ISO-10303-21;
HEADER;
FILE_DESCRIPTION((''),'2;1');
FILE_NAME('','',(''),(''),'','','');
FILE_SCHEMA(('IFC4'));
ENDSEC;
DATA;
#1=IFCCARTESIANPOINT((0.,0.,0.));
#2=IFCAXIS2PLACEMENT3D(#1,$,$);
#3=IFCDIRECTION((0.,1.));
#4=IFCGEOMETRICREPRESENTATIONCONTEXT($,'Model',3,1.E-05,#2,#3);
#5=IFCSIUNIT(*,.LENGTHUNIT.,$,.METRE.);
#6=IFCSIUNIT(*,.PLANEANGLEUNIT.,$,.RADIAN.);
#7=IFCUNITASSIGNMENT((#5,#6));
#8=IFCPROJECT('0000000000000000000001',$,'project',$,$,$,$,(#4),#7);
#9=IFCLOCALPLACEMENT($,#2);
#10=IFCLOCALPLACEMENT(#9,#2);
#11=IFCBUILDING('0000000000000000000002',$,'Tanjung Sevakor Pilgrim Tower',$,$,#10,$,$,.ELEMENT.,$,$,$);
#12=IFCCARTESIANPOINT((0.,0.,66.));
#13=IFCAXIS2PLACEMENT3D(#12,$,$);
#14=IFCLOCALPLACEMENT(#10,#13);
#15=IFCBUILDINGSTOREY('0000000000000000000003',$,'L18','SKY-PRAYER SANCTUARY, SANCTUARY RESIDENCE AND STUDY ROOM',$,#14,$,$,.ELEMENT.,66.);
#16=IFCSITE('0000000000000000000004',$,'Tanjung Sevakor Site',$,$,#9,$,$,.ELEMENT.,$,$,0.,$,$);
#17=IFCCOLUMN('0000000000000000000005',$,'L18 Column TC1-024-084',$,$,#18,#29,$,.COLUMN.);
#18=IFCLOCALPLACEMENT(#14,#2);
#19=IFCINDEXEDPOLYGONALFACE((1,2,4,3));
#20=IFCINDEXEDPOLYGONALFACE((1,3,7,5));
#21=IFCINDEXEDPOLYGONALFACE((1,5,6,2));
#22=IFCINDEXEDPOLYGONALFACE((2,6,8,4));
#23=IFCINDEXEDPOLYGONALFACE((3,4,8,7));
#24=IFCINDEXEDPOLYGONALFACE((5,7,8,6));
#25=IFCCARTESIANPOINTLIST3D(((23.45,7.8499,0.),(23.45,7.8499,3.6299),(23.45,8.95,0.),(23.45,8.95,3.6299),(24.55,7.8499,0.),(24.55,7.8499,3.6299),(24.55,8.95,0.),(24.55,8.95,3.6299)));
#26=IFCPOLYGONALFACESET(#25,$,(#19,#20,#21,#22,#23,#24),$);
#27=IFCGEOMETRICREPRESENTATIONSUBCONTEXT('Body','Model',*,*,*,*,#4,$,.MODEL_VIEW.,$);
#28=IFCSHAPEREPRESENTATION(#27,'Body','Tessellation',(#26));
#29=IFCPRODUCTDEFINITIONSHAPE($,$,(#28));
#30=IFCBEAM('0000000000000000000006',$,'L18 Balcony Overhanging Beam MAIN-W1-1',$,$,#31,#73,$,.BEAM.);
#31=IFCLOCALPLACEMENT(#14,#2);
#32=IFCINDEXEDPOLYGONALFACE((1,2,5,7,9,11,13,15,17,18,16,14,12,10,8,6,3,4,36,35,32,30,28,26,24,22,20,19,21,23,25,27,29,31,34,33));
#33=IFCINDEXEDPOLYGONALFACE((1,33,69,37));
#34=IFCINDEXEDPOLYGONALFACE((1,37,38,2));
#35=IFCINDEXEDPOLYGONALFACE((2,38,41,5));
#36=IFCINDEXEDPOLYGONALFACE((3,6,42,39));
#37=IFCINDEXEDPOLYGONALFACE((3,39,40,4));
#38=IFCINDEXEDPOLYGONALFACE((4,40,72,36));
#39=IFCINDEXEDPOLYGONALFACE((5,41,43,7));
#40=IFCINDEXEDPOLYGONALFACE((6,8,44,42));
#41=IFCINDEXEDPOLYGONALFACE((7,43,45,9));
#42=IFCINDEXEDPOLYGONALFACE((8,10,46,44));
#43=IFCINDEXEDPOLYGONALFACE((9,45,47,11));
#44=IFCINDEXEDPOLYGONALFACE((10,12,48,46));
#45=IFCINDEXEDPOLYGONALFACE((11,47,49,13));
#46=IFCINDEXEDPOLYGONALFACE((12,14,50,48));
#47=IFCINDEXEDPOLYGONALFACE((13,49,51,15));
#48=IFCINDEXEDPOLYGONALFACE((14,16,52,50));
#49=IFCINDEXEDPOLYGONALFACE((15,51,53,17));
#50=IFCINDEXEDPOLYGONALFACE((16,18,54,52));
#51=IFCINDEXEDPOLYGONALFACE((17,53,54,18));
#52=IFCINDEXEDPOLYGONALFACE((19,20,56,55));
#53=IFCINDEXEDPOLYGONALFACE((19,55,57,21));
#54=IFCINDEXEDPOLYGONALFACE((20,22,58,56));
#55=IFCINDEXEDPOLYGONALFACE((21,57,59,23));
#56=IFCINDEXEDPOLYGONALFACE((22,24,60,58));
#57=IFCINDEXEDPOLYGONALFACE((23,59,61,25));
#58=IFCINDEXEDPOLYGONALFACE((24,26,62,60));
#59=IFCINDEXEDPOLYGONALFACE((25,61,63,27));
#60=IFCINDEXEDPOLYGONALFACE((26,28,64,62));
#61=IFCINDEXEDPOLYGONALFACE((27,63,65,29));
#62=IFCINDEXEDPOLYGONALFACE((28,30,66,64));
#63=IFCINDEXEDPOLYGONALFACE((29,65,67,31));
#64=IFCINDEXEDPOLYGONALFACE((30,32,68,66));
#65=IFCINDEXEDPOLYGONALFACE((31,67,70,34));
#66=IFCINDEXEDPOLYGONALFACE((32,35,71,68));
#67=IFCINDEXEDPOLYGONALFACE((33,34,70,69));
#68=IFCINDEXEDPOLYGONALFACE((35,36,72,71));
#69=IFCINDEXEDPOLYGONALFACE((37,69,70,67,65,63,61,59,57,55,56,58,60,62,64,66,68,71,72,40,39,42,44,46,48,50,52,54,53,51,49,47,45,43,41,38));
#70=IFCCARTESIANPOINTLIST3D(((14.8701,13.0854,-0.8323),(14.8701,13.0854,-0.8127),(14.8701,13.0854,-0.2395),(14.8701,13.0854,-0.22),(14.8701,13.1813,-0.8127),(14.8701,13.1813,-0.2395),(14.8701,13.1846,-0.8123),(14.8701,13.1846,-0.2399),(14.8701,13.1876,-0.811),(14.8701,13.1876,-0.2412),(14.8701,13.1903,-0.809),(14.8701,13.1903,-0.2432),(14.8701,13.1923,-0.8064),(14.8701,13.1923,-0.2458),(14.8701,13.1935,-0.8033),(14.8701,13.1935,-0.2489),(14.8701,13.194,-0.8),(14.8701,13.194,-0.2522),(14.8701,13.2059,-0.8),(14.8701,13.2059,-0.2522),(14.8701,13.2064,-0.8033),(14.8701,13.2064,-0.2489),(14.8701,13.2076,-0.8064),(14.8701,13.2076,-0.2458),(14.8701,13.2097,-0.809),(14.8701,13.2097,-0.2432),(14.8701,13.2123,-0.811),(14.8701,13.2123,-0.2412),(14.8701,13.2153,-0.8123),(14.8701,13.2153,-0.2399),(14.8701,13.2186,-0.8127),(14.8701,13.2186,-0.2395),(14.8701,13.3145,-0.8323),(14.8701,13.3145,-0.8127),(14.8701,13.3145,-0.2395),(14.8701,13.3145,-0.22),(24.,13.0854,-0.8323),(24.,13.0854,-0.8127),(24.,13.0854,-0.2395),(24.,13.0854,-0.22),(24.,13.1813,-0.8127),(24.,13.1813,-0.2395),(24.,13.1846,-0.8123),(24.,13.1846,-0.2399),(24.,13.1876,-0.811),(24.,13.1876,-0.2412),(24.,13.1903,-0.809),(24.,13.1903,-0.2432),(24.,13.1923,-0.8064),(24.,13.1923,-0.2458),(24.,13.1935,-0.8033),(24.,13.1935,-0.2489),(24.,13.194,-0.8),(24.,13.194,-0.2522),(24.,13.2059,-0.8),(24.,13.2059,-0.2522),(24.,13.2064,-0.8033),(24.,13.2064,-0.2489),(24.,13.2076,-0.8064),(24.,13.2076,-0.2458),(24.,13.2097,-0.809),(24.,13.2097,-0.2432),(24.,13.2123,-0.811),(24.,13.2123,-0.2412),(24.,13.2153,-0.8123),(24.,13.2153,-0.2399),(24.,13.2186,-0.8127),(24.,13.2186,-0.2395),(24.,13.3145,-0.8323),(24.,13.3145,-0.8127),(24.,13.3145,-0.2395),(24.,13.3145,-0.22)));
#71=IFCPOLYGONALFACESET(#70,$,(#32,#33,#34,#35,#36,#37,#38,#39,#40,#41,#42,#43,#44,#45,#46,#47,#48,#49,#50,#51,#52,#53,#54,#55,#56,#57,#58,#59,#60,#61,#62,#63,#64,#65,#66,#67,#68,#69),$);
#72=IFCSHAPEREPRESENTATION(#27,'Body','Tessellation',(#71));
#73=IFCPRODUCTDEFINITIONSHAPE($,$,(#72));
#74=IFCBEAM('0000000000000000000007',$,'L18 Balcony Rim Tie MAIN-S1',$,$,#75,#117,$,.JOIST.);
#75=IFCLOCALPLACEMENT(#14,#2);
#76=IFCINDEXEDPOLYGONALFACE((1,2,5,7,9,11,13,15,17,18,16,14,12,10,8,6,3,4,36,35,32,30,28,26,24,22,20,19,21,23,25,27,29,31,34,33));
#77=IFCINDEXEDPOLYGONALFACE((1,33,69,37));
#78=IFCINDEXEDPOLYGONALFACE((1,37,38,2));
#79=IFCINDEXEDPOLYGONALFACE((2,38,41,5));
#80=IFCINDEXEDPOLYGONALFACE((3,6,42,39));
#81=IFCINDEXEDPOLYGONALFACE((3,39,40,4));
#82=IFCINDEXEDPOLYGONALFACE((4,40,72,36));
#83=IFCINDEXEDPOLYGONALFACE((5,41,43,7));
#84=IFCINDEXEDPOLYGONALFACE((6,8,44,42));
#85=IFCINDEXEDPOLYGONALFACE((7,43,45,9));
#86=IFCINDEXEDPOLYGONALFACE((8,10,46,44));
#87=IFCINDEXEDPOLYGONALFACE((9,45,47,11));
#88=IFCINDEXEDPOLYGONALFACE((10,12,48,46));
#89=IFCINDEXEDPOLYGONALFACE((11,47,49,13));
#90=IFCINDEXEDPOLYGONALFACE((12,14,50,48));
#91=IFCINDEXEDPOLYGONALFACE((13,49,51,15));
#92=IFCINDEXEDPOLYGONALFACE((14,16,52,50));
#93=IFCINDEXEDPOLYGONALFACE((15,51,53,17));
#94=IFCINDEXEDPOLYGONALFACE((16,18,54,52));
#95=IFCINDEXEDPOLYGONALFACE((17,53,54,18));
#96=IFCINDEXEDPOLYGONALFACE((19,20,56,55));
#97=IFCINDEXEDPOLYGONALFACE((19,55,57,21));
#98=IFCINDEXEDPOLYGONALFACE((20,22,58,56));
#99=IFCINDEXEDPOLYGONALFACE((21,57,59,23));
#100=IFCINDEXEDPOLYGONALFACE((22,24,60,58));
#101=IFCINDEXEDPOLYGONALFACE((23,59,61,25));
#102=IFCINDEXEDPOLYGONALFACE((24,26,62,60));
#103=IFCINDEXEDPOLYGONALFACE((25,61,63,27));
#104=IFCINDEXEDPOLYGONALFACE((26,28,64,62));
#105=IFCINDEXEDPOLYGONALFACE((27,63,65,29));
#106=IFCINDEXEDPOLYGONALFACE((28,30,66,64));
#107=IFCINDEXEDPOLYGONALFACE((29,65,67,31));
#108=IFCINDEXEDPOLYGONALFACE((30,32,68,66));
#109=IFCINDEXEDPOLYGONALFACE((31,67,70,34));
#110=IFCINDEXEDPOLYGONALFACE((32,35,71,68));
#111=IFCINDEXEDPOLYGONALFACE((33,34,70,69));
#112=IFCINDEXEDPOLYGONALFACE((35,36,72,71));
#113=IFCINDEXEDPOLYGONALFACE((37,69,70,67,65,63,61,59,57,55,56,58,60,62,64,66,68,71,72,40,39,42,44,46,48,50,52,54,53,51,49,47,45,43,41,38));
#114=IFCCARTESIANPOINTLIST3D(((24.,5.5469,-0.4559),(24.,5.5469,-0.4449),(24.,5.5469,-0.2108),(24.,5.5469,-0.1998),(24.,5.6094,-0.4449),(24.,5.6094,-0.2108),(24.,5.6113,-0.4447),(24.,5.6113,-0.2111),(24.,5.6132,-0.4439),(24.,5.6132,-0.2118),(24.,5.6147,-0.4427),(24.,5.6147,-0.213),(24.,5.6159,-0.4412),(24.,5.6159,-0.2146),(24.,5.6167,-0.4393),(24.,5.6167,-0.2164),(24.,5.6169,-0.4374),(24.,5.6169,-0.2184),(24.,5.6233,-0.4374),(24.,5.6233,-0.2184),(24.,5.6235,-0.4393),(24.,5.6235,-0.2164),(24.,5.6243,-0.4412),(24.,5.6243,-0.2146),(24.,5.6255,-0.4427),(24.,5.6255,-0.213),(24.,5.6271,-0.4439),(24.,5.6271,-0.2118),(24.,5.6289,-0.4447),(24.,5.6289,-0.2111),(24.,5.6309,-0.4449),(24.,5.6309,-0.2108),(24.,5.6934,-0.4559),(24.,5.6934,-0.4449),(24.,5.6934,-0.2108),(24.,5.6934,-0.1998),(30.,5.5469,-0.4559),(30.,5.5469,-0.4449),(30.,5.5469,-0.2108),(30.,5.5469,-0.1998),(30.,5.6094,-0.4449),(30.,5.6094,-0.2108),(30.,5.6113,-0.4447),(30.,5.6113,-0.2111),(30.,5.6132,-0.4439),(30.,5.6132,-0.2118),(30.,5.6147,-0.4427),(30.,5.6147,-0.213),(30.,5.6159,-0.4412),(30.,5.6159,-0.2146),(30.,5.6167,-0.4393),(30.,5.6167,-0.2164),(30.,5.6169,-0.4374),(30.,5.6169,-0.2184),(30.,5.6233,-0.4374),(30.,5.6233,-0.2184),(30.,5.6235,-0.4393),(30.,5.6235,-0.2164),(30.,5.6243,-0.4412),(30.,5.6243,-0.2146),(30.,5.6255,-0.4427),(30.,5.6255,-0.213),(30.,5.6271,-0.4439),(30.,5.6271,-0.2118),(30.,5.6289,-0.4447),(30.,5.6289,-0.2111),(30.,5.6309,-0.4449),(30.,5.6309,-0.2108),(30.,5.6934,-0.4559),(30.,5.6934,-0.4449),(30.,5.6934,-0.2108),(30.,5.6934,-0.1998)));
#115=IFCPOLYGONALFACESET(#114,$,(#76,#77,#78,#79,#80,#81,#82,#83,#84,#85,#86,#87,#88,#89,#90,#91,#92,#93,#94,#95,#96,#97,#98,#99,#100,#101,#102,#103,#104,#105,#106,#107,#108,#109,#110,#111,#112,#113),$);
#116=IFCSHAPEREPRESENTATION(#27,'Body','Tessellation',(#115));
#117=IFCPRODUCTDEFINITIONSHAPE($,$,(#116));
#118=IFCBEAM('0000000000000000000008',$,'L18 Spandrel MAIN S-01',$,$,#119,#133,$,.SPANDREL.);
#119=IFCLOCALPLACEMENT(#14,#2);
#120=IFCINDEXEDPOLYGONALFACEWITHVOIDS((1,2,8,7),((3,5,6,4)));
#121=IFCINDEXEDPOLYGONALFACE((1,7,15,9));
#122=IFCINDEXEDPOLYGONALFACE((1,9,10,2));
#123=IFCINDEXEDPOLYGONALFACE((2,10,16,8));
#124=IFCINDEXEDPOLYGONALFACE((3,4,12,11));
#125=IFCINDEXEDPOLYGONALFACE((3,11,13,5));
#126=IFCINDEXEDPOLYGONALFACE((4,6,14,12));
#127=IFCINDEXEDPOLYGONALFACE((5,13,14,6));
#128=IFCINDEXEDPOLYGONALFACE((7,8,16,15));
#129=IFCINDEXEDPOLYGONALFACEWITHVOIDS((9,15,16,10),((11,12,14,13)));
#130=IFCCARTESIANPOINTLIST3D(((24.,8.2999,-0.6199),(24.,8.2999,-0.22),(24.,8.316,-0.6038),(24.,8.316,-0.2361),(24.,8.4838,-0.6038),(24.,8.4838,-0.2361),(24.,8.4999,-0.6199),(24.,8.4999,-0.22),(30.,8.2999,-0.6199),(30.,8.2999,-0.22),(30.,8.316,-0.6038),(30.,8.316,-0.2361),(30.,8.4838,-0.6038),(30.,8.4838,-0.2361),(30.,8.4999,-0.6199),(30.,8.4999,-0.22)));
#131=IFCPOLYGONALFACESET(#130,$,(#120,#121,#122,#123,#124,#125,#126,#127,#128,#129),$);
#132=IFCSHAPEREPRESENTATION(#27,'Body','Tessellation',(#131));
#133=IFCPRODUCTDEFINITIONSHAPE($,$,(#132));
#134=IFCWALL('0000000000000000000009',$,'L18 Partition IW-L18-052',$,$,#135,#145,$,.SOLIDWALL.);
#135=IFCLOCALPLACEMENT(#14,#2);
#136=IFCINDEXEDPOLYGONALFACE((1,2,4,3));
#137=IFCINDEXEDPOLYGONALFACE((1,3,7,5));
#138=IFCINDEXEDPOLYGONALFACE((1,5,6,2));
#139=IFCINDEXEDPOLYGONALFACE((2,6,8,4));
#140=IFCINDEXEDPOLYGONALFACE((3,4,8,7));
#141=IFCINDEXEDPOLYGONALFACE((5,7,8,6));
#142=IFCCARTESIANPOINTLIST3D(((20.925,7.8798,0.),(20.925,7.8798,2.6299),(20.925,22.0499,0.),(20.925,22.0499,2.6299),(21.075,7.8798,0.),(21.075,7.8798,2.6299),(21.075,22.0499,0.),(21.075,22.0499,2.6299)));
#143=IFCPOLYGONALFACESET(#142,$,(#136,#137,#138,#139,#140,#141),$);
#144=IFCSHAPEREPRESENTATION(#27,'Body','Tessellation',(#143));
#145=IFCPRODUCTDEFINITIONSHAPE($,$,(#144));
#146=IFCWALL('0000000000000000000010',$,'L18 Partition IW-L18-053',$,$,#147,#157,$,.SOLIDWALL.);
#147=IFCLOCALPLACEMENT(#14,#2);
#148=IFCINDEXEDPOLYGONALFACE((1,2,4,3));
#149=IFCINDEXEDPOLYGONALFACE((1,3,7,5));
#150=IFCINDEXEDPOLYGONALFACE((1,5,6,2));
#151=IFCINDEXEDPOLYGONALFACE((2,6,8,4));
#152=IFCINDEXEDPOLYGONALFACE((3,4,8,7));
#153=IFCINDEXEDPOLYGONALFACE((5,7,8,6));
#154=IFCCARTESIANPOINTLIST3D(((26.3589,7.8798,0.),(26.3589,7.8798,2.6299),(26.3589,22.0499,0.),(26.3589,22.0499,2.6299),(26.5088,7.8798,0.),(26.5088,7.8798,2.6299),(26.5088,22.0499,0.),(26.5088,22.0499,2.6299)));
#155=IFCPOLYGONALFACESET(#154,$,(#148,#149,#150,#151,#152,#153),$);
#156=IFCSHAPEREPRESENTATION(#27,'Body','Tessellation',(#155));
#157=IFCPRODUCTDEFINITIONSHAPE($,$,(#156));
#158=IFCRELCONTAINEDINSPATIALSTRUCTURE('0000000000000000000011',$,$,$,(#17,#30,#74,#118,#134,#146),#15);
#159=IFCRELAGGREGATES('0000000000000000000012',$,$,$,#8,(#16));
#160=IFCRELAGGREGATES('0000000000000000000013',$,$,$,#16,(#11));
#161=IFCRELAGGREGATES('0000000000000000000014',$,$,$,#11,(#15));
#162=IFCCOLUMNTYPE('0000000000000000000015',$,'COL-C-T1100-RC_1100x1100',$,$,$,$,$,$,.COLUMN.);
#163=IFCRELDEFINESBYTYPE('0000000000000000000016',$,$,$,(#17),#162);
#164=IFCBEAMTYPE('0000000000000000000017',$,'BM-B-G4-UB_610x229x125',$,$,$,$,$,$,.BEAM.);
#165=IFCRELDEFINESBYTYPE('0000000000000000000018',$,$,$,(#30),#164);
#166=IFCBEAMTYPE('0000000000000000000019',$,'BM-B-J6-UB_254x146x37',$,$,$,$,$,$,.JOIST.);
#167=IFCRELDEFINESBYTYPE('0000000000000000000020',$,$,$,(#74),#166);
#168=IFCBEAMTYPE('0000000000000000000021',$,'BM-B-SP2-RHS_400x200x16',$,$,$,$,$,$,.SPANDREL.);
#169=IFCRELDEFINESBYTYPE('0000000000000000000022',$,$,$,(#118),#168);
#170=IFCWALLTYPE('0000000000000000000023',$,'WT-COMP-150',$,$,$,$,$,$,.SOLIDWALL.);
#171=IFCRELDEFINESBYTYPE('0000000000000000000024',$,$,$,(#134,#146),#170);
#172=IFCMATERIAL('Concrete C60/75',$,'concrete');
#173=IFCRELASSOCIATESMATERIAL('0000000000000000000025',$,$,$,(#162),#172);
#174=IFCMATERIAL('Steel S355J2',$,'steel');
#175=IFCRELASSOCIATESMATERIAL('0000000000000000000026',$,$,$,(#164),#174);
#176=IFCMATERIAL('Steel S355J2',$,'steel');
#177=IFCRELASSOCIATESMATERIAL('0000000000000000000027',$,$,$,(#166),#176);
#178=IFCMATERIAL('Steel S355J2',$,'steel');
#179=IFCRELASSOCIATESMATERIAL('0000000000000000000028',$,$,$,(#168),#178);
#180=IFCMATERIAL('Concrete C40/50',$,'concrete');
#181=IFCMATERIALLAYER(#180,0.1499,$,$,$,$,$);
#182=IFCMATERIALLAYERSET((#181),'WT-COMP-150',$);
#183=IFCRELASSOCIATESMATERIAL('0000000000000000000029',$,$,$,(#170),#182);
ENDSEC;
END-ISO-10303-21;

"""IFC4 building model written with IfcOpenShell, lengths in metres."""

from ifc_helpers import new_model, si_unit, direction, frame, frame_2d, origin, origin_2d, place, context, subcontext, project, spatial, rectangle, hollow_rectangle, i_section, extrude, material, layer, layer_set, material_profile, profile_set, type_object, element, save


model = new_model("IFC4")

# Units and contexts
model_context = context("Model", 3, precision=1e-05, world=origin(), true_north=direction((0.0, 1.0)))
body_context = subcontext(model_context, "Body", "Model", "MODEL_VIEW")
ifc_project = project(units=[si_unit("LENGTHUNIT", "METRE"), si_unit("PLANEANGLEUNIT", "RADIAN")], contexts=[model_context])

# Site, building, storey
site_placement = place(None, origin())
site = spatial("IfcSite", under=ifc_project, at=site_placement, Name="Tanjung Sevakor Site", CompositionType="ELEMENT", RefElevation=0.0)
building_placement = place(site_placement, origin())
building = spatial("IfcBuilding", under=site, at=building_placement, Name="Tanjung Sevakor Pilgrim Tower", CompositionType="ELEMENT")
storey_placement = place(building_placement, frame((0.0, 0.0, 66.0)))
storey = spatial("IfcBuildingStorey", under=building, at=storey_placement, Name="L18", Description="SKY-PRAYER SANCTUARY, SANCTUARY RESIDENCE AND STUDY ROOM", CompositionType="ELEMENT", Elevation=66.0)

# Column
ifc_material_1 = material(Name="Concrete C60/75", Category="concrete")
ifc_material_profile_1 = material_profile(ifc_material_1, rectangle(XDim=1.1001, YDim=1.1001, at=origin_2d()))
ifc_profile_set_1 = profile_set([ifc_material_profile_1], Name="Concrete C60/75")
column_type = type_object("IfcColumnType", Name="COL-C-T1100-RC_1100x1100", PredefinedType="COLUMN", material=ifc_profile_set_1)
column_placement = place(storey_placement, frame((24.0, 8.3999, 0.0), z_axis=(0.0, 0.0, 1.0), x_axis=(1.0, 0.0, 0.0)))
element("IfcColumn", 1, at=column_placement, inside=storey, type_object=column_type, Name="L18 Column TC1-024-084", PredefinedType="COLUMN", context=body_context, shape_type="SweptSolid", body=[
    extrude(rectangle(XDim=1.1001, YDim=1.1001, at=origin_2d()), origin(), (0.0, 0.0, 1.0), 3.6299),
])

# Beams
ifc_material_2 = material(Name="Steel S355J2", Category="steel")
ifc_material_profile_2 = material_profile(ifc_material_2, i_section(OverallWidth=0.229, OverallDepth=0.6123, WebThickness=0.012, FlangeThickness=0.0195, FilletRadius=0.0127, at=origin_2d()))
ifc_profile_set_2 = profile_set([ifc_material_profile_2], Name="Steel S355J2")
beam_type_1 = type_object("IfcBeamType", Name="BM-B-G4-UB_610x229x125", PredefinedType="BEAM", material=ifc_profile_set_2)
beam_1_placement = place(storey_placement, frame((24.0, 13.2, -0.5261), z_axis=(-1.0, 0.0, 0.0), x_axis=(0.0, -1.0, 0.0)))
element("IfcBeam", 2, at=beam_1_placement, inside=storey, type_object=beam_type_1, Name="L18 Balcony Overhanging Beam MAIN-W1-1", PredefinedType="BEAM", context=body_context, shape_type="SweptSolid", body=[
    extrude(i_section(OverallWidth=0.229, OverallDepth=0.6123, WebThickness=0.012, FlangeThickness=0.0195, FilletRadius=0.0127, at=origin_2d()), origin(), (0.0, 0.0, 1.0), 9.1299),
])
ifc_material_3 = material(Name="Steel S355J2", Category="steel")
ifc_material_profile_3 = material_profile(ifc_material_3, i_section(OverallWidth=0.1465, OverallDepth=0.2561, WebThickness=0.0063, FlangeThickness=0.011, FilletRadius=0.0076, at=origin_2d()))
ifc_profile_set_3 = profile_set([ifc_material_profile_3], Name="Steel S355J2")
beam_type_2 = type_object("IfcBeamType", Name="BM-B-J6-UB_254x146x37", PredefinedType="JOIST", material=ifc_profile_set_3)
beam_2_placement = place(storey_placement, frame((24.0, 5.6201, -0.3279), z_axis=(1.0, 0.0, 0.0), x_axis=(0.0, 1.0, 0.0)))
element("IfcBeam", 3, at=beam_2_placement, inside=storey, type_object=beam_type_2, Name="L18 Balcony Rim Tie MAIN-S1", PredefinedType="JOIST", context=body_context, shape_type="SweptSolid", body=[
    extrude(i_section(OverallWidth=0.1465, OverallDepth=0.2561, WebThickness=0.0063, FlangeThickness=0.011, FilletRadius=0.0076, at=origin_2d()), origin(), (0.0, 0.0, 1.0), 6.0),
])
ifc_material_4 = material(Name="Steel S355J2", Category="steel")
ifc_material_profile_4 = material_profile(ifc_material_4, hollow_rectangle(XDim=0.2, YDim=0.3999, WallThickness=0.0161, at=origin_2d()))
ifc_profile_set_4 = profile_set([ifc_material_profile_4], Name="Steel S355J2")
beam_type_3 = type_object("IfcBeamType", Name="BM-B-SP2-RHS_400x200x16", PredefinedType="SPANDREL", material=ifc_profile_set_4)
beam_3_placement = place(storey_placement, frame((24.0, 8.3999, -0.4199), z_axis=(1.0, 0.0, 0.0), x_axis=(0.0, 1.0, 0.0)))
element("IfcBeam", 4, at=beam_3_placement, inside=storey, type_object=beam_type_3, Name="L18 Spandrel MAIN S-01", PredefinedType="SPANDREL", context=body_context, shape_type="SweptSolid", body=[
    extrude(hollow_rectangle(XDim=0.2, YDim=0.3999, WallThickness=0.0161, at=origin_2d()), origin(), (0.0, 0.0, 1.0), 6.0),
])

# Walls
ifc_material_5 = material(Name="Concrete C40/50", Category="concrete")
ifc_layer_1 = layer(ifc_material_5, 0.1499)
ifc_layer_set_1 = layer_set([ifc_layer_1], Name="WT-COMP-150")
wall_type_1 = type_object("IfcWallType", Name="WT-COMP-150", PredefinedType="SOLIDWALL", material=ifc_layer_set_1)
for number, where, z_axis, x_axis, name in (
    (5, (21.0, 7.8799, 0.0), (0.0, 0.0, 1.0), (0.0, 1.0, 0.0), "L18 Partition IW-L18-052"),
    (6, (26.4338, 7.8799, 0.0), (0.0, 0.0, 1.0), (0.0, 1.0, 0.0), "L18 Partition IW-L18-053"),
):
    element("IfcWall", number, at=place(storey_placement, frame(where, z_axis=z_axis, x_axis=x_axis)), inside=storey, type_object=wall_type_1, Name=name, PredefinedType="SOLIDWALL", context=body_context, shape_type="SweptSolid", body=[
        extrude(rectangle(XDim=14.1702, YDim=0.1499, at=frame_2d((7.085, 0.0))), origin(), (0.0, 0.0, 1.0), 2.6299),
    ])

save(model, "model.ifc")
